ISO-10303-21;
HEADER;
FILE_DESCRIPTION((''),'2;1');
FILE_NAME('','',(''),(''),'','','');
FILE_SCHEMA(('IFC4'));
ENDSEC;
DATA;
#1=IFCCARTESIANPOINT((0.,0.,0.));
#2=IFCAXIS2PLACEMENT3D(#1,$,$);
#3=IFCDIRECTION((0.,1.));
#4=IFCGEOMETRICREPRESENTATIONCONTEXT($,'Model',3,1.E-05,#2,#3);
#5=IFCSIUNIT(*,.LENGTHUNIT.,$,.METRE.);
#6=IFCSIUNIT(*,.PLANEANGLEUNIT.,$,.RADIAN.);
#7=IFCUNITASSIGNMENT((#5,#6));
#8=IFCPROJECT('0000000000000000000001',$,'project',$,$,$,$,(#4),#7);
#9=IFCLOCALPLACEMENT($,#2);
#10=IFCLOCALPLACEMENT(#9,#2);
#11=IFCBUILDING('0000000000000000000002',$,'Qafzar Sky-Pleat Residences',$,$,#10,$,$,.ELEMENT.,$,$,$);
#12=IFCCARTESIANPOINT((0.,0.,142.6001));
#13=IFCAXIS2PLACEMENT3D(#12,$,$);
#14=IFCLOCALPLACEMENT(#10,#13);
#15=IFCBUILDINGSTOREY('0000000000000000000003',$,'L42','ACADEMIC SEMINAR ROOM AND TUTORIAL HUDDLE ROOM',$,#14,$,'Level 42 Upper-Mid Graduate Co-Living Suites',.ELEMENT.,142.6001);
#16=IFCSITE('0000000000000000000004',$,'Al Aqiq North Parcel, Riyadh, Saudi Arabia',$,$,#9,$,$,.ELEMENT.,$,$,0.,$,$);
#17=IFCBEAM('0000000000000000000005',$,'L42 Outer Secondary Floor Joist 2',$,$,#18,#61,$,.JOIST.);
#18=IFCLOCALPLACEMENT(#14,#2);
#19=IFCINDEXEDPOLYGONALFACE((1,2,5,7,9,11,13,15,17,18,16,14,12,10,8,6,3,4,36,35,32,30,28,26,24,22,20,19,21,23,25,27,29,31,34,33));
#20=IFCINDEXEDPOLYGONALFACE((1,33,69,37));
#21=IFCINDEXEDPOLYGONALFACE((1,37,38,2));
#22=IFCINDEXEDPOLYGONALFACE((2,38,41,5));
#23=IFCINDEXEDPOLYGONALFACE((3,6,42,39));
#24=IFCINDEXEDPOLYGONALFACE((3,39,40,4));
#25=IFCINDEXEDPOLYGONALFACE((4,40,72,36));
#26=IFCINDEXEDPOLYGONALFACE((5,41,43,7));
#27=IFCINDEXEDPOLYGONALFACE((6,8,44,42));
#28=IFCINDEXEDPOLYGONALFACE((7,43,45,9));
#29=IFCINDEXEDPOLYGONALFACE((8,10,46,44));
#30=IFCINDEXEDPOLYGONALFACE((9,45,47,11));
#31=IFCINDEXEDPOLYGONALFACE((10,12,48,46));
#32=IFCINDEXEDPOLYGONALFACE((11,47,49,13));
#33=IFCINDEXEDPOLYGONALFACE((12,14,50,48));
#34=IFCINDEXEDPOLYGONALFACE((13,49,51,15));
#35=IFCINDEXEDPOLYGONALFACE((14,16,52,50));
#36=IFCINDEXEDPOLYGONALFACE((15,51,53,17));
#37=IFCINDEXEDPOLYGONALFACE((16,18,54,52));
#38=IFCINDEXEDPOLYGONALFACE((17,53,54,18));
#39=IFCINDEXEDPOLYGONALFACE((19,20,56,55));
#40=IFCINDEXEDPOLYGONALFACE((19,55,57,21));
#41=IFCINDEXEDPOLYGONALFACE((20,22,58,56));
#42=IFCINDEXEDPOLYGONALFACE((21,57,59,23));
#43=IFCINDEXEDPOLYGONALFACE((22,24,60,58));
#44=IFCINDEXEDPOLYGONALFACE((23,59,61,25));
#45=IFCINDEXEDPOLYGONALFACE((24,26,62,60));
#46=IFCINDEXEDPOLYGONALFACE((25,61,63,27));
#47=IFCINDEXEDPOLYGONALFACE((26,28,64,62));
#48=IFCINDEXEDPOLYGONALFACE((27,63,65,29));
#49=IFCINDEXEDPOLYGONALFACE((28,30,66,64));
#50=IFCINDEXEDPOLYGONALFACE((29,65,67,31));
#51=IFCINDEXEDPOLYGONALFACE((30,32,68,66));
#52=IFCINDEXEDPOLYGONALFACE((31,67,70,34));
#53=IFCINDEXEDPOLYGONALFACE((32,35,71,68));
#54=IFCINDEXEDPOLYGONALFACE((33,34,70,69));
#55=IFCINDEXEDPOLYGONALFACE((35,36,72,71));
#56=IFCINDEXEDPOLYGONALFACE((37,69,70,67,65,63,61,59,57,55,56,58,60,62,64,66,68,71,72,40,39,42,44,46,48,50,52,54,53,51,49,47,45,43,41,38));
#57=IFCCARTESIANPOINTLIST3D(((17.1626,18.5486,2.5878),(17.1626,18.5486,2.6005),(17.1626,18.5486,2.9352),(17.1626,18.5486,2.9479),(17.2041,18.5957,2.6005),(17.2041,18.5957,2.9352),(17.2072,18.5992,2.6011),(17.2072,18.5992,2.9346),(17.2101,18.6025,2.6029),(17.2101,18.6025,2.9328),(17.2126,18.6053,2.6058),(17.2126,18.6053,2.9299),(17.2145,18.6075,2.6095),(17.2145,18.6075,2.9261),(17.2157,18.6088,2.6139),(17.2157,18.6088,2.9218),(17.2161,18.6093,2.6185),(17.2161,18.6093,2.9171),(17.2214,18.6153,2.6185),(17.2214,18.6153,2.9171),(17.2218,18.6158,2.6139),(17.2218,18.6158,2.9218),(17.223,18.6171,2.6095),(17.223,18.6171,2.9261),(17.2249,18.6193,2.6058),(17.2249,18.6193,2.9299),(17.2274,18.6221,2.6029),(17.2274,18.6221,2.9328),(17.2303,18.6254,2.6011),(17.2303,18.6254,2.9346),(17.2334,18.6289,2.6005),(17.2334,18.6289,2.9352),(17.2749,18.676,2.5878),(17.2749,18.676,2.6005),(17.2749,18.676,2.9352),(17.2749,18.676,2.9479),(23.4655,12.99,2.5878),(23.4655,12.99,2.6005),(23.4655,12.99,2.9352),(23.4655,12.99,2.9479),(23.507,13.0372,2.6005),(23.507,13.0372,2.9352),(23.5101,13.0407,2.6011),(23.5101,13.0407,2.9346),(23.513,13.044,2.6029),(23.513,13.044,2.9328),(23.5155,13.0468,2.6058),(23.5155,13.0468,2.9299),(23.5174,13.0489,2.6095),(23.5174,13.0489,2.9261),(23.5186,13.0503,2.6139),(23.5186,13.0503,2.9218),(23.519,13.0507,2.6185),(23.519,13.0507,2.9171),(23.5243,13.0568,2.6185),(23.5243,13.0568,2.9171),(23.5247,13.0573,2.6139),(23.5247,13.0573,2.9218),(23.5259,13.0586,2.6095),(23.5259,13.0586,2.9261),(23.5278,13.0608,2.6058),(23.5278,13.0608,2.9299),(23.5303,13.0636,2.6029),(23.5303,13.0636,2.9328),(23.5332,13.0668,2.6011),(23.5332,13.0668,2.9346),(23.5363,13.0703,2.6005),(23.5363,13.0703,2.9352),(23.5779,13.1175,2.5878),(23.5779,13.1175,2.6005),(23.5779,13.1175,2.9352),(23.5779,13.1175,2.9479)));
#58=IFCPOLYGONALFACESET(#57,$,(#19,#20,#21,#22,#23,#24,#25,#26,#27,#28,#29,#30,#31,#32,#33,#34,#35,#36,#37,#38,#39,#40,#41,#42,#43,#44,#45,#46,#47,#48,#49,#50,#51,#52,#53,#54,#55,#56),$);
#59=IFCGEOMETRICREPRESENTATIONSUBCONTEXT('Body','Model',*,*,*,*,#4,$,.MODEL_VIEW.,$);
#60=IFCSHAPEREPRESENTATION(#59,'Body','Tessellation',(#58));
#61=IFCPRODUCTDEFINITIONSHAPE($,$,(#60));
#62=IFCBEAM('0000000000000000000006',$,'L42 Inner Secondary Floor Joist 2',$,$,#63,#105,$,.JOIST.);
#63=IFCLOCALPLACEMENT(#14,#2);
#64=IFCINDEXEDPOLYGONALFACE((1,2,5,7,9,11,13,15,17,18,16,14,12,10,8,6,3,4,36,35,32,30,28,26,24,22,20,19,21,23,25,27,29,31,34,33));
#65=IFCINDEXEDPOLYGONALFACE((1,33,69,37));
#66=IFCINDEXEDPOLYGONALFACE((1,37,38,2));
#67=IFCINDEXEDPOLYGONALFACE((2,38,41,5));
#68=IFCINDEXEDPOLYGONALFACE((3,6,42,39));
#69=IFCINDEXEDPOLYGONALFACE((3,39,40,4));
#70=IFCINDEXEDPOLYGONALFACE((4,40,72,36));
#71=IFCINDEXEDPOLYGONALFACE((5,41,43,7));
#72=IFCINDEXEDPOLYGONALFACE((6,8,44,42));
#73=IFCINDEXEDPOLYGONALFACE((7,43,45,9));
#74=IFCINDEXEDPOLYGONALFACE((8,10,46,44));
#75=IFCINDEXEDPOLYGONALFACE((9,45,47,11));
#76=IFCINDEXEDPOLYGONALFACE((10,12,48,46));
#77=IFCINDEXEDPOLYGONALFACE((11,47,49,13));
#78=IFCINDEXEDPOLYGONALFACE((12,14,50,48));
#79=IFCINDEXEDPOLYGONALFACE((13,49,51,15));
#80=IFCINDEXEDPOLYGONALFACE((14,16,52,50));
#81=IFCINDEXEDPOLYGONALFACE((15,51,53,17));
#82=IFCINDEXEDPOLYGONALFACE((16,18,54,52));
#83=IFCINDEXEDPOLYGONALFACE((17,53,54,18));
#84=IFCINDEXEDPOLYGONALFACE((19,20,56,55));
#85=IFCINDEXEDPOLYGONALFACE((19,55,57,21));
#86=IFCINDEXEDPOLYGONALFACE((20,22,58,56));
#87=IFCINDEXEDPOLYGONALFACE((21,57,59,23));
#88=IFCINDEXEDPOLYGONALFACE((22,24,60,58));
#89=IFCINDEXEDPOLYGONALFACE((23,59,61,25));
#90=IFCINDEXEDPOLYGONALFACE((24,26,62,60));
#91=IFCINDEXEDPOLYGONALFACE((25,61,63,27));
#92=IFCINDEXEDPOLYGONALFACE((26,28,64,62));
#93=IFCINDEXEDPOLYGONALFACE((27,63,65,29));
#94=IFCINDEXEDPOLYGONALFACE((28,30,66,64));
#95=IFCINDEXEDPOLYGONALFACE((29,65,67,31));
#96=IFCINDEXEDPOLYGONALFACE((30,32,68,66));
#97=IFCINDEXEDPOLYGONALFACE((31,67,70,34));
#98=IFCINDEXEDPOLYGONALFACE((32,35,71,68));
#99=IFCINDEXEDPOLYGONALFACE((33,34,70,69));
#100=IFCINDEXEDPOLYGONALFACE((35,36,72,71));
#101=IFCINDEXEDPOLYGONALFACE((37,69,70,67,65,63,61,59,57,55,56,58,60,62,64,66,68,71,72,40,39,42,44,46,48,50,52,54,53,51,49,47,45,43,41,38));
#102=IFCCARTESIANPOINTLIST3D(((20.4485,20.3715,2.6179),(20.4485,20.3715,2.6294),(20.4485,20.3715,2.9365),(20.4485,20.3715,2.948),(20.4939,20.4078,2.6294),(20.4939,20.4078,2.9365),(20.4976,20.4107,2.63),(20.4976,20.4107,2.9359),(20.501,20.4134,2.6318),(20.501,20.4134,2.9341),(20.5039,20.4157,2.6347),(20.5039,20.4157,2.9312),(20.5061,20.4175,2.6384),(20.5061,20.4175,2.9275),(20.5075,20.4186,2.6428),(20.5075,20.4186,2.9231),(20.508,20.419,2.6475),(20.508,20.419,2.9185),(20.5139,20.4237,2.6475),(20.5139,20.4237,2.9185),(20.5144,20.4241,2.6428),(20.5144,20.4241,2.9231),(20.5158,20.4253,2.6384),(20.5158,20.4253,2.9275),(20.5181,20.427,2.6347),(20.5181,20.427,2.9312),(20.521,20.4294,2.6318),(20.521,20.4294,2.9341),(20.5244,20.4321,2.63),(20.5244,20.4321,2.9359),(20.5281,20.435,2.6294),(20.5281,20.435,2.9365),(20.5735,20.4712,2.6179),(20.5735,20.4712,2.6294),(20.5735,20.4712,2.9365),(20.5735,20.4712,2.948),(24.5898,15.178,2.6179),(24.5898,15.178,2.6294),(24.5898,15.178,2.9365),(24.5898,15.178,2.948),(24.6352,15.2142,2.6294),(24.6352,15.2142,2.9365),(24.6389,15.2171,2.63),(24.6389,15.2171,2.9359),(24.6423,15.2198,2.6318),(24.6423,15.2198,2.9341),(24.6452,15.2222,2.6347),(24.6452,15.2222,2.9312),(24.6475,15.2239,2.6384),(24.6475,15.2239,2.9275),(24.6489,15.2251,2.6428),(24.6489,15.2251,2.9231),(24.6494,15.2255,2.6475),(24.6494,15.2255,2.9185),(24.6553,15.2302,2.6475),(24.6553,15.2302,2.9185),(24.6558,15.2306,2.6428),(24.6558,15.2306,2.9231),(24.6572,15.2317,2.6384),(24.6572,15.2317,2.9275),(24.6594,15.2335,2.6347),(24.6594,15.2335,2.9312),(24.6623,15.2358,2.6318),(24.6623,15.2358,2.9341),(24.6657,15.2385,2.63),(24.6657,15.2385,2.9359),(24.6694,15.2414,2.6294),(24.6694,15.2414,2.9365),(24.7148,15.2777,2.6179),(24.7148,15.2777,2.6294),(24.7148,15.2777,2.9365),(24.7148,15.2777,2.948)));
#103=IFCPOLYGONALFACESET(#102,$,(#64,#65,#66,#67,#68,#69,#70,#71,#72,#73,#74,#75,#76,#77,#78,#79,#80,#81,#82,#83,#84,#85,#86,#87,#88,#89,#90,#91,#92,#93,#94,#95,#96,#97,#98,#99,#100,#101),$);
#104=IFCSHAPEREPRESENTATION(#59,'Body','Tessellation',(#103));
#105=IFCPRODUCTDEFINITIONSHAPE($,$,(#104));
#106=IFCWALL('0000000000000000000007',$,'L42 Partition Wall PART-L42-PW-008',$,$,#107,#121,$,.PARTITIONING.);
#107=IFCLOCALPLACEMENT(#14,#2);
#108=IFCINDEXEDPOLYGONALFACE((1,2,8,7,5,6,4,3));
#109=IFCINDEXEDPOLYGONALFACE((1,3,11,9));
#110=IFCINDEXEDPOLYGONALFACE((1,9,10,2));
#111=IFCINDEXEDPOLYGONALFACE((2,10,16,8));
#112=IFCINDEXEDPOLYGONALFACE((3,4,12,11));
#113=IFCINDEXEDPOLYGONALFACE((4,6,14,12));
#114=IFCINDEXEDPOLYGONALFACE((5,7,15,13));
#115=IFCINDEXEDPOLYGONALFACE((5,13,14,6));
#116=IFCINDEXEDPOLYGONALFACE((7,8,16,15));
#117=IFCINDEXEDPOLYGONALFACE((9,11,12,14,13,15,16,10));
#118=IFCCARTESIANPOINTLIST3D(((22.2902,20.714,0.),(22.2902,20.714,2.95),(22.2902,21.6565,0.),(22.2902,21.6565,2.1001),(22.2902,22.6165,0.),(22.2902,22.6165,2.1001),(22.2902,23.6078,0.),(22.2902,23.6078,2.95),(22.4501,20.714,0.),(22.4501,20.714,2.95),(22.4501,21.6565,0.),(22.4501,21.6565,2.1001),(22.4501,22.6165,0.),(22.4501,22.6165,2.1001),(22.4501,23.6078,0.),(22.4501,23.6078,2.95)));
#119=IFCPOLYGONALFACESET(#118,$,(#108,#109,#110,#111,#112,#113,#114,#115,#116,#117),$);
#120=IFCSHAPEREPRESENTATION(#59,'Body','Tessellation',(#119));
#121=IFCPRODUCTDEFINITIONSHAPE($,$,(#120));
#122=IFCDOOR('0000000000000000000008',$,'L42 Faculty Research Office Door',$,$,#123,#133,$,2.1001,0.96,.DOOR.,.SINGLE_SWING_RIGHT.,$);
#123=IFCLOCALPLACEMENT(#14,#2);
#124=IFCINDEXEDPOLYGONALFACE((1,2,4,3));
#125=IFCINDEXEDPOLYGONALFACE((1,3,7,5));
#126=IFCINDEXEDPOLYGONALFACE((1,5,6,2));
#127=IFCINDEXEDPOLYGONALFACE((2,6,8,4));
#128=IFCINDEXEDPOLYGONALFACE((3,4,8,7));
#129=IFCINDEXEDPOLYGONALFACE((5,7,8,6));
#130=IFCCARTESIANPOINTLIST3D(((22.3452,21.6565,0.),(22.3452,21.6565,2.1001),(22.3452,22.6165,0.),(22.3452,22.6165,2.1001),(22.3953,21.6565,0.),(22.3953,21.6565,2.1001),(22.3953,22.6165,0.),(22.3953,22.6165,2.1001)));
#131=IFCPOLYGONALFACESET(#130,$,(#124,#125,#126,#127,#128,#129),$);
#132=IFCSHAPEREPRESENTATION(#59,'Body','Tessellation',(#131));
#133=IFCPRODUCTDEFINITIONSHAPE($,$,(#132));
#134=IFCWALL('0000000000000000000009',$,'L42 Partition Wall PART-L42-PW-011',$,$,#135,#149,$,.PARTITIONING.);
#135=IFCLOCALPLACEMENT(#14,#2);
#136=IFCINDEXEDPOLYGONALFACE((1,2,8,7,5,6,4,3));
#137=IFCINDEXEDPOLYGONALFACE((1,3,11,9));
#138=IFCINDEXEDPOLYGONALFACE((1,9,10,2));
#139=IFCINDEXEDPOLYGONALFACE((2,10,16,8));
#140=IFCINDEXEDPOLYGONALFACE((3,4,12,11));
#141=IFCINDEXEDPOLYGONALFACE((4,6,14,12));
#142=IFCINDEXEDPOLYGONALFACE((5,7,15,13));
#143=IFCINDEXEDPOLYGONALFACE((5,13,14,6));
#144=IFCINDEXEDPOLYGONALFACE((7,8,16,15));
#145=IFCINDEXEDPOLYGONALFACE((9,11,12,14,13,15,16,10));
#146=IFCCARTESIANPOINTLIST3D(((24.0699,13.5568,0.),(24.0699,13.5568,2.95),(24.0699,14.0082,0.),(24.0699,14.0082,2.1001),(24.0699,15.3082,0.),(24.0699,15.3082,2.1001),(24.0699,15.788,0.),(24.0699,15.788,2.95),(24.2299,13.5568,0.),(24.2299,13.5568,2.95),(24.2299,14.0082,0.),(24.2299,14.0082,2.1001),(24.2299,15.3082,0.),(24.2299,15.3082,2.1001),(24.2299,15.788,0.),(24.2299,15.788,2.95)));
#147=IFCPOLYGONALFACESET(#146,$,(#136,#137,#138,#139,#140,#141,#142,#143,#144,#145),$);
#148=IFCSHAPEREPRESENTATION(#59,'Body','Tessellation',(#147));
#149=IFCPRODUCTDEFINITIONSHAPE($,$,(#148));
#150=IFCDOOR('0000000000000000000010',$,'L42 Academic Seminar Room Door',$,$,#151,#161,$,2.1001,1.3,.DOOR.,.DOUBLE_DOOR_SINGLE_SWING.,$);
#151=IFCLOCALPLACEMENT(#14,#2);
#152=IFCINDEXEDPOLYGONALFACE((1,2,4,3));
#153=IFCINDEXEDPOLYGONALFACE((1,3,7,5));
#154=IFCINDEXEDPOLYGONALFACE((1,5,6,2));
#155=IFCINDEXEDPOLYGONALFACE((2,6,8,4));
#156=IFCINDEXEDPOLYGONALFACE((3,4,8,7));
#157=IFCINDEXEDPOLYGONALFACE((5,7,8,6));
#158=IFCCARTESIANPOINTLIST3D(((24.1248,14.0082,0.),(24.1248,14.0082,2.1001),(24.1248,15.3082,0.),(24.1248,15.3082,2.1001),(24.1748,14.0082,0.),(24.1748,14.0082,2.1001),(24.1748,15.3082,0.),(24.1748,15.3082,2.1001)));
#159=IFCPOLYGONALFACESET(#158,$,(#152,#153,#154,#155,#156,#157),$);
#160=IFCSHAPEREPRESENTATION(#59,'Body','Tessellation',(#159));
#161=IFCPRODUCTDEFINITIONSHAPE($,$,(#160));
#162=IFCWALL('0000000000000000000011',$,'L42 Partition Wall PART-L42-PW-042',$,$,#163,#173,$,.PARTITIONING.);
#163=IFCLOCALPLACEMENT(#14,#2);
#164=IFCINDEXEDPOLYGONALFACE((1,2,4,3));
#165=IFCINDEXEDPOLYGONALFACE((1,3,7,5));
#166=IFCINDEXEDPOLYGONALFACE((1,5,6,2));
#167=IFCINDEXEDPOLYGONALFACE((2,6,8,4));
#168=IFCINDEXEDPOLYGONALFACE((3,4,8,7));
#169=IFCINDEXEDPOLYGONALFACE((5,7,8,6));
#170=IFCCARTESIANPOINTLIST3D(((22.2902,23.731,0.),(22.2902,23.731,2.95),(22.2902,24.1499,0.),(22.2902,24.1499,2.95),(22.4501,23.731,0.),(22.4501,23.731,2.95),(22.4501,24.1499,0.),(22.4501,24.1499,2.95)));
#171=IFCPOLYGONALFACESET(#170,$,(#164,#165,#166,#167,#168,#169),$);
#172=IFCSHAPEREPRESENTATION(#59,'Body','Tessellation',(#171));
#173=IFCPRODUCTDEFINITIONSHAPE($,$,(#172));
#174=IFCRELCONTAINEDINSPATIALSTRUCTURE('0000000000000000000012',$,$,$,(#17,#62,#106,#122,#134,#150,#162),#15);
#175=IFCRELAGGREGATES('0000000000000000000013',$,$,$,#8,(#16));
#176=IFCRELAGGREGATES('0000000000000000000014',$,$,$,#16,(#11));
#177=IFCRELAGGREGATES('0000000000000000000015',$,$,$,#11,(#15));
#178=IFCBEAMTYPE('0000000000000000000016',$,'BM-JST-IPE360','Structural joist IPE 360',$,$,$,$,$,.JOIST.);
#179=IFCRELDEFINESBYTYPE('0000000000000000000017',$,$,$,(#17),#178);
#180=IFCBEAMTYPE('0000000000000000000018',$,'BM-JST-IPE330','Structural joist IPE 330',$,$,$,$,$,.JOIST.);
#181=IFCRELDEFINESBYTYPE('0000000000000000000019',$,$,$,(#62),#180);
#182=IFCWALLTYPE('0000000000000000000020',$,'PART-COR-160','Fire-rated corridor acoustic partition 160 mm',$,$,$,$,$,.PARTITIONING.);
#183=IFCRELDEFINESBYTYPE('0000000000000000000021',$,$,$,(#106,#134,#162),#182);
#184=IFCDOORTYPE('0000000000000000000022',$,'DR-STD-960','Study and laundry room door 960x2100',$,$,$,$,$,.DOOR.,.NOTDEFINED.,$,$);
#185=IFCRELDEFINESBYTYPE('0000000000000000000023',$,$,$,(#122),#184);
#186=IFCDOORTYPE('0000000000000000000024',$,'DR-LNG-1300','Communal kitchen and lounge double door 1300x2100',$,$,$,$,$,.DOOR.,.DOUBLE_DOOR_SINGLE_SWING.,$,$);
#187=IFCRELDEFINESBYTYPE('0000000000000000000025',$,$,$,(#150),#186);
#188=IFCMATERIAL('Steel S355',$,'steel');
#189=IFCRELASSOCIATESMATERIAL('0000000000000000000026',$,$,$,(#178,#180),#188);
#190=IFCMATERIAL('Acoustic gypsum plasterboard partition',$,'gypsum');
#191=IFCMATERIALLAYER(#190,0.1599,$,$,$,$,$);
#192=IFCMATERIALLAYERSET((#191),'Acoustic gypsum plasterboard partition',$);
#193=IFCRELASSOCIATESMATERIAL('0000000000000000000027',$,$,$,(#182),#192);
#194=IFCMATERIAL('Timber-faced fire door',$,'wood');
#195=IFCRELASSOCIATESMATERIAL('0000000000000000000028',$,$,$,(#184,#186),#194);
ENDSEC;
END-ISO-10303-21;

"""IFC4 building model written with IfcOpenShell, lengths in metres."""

from ifc_helpers import new_model, si_unit, direction, frame, frame_2d, origin, origin_2d, place, context, subcontext, project, spatial, rectangle, i_section, extrude, source, transform, mapped, material, layer, layer_set, material_profile, profile_set, type_object, element, fill, save


model = new_model("IFC4")

# Units and contexts
model_context = context("Model", 3, precision=1e-05, world=origin(), true_north=direction((0.0, 1.0)))
body_context = subcontext(model_context, "Body", "Model", "MODEL_VIEW")
ifc_project = project(units=[si_unit("LENGTHUNIT", "METRE"), si_unit("PLANEANGLEUNIT", "RADIAN")], contexts=[model_context])

# Site, building, storey
site_placement = place(None, origin())
site = spatial("IfcSite", under=ifc_project, at=site_placement, Name="Al Aqiq North Parcel, Riyadh, Saudi Arabia", CompositionType="ELEMENT", RefElevation=0.0)
building_placement = place(site_placement, origin())
building = spatial("IfcBuilding", under=site, at=building_placement, Name="Qafzar Sky-Pleat Residences", CompositionType="ELEMENT")
storey_placement = place(building_placement, frame((0.0, 0.0, 142.6001)))
storey = spatial("IfcBuildingStorey", under=building, at=storey_placement, Name="L42", Description="ACADEMIC SEMINAR ROOM AND TUTORIAL HUDDLE ROOM", LongName="Level 42 Upper-Mid Graduate Co-Living Suites", CompositionType="ELEMENT", Elevation=142.6001)

# Beams
ifc_material_1 = material(Name="Steel S355", Category="steel")
ifc_material_profile_1 = material_profile(ifc_material_1, i_section(OverallWidth=0.1699, OverallDepth=0.3601, WebThickness=0.0081, FlangeThickness=0.0127, FilletRadius=0.0181, at=origin_2d()), Name="IPE 360")
ifc_profile_set_1 = profile_set([ifc_material_profile_1], Name="Steel S355")
beam_type_1 = type_object("IfcBeamType", Name="BM-JST-IPE360", Description="Structural joist IPE 360", PredefinedType="JOIST", material=ifc_profile_set_1)
shared_shape_1 = source(origin(), body_context, "Body", "SweptSolid", [
    extrude(i_section(OverallWidth=0.1699, OverallDepth=0.3601, WebThickness=0.0081, FlangeThickness=0.0127, FilletRadius=0.0181, at=origin_2d()), origin(), (0.0, 0.0, 1.0), 8.4038),
])
beam_1_placement = place(storey_placement, frame((17.2188, 18.6123, 2.7678), z_axis=(0.750007, -0.66143, 0.0), x_axis=(0.66143, 0.750007, 0.0)))
element("IfcBeam", 1, at=beam_1_placement, inside=storey, type_object=beam_type_1, Name="L42 Outer Secondary Floor Joist 2", PredefinedType="JOIST", context=body_context, shape_type="MappedRepresentation", body=[
    mapped(shared_shape_1, transform((0.0, 0.0, 0.0), x_axis=(1.0, 0.0, 0.0), y_axis=(0.0, 1.0, 0.0), z_axis=(0.0, 0.0, 1.0), scale=1.0)),
])
ifc_material_profile_2 = material_profile(ifc_material_1, i_section(OverallWidth=0.1599, OverallDepth=0.3301, WebThickness=0.0076, FlangeThickness=0.0115, FilletRadius=0.0181, at=origin_2d()), Name="IPE 330")
ifc_profile_set_2 = profile_set([ifc_material_profile_2], Name="Steel S355")
beam_type_2 = type_object("IfcBeamType", Name="BM-JST-IPE330", Description="Structural joist IPE 330", PredefinedType="JOIST", material=ifc_profile_set_2)
shared_shape_2 = source(origin(), body_context, "Body", "SweptSolid", [
    extrude(i_section(OverallWidth=0.1599, OverallDepth=0.3301, WebThickness=0.0076, FlangeThickness=0.0115, FilletRadius=0.0181, at=origin_2d()), origin(), (0.0, 0.0, 1.0), 6.6426),
])
beam_2_placement = place(storey_placement, frame((20.511, 20.4214, 2.783), z_axis=(0.623453, -0.781861, 0.0), x_axis=(0.781861, 0.623453, 0.0)))
element("IfcBeam", 2, at=beam_2_placement, inside=storey, type_object=beam_type_2, Name="L42 Inner Secondary Floor Joist 2", PredefinedType="JOIST", context=body_context, shape_type="MappedRepresentation", body=[
    mapped(shared_shape_2, transform((0.0, 0.0, 0.0), x_axis=(1.0, 0.0, 0.0), y_axis=(0.0, 1.0, 0.0), z_axis=(0.0, 0.0, 1.0), scale=1.0)),
])

# Walls, openings, doors
ifc_material_2 = material(Name="Acoustic gypsum plasterboard partition", Category="gypsum")
ifc_layer_1 = layer(ifc_material_2, 0.1599)
ifc_layer_set_1 = layer_set([ifc_layer_1], Name="Acoustic gypsum plasterboard partition")
wall_type_1 = type_object("IfcWallType", Name="PART-COR-160", Description="Fire-rated corridor acoustic partition 160 mm", PredefinedType="PARTITIONING", material=ifc_layer_set_1)
wall_1_placement = place(storey_placement, frame((22.3701, 20.7141, 0.0), z_axis=(0.0, 0.0, 1.0), x_axis=(0.0, 1.0, 0.0)))
wall_1 = element("IfcWall", 3, at=wall_1_placement, inside=storey, type_object=wall_type_1, Name="L42 Partition Wall PART-L42-PW-008", PredefinedType="PARTITIONING", context=body_context, shape_type="SweptSolid", body=[
    extrude(rectangle(XDim=2.8938, YDim=0.1599, at=frame_2d((1.4468, 0.0))), origin(), (0.0, 0.0, 1.0), 2.95),
])
opening_1_placement = place(wall_1_placement, frame((0.9424, 0.0, 0.0)))
opening_1 = element("IfcOpeningElement", 4, at=opening_1_placement, cuts=wall_1, PredefinedType="OPENING", context=body_context, shape_type="SweptSolid", body=[
    extrude(rectangle(XDim=0.96, YDim=2.1001, at=frame_2d((0.48, 1.05))), frame((0.0, 0.0898, 0.0), z_axis=(0.0, -1.0, 0.0), x_axis=(1.0, 0.0, 0.0)), (0.0, 0.0, 1.0), 0.1799),
])
ifc_material_3 = material(Name="Timber-faced fire door", Category="wood")
door_type_1 = type_object("IfcDoorType", Name="DR-STD-960", Description="Study and laundry room door 960x2100", OperationType="NOTDEFINED", PredefinedType="DOOR", material=ifc_material_3)
shared_shape_3 = source(origin(), body_context, "Body", "SweptSolid", [
    extrude(rectangle(XDim=0.96, YDim=2.1001, at=frame_2d((0.48, 1.05))), frame((0.0, 0.0249, 0.0), z_axis=(0.0, -1.0, 0.0), x_axis=(1.0, 0.0, 0.0)), (0.0, 0.0, 1.0), 0.05),
])
door_1_placement = place(opening_1_placement, origin())
door_1 = element("IfcDoor", 5, at=door_1_placement, inside=storey, type_object=door_type_1, Name="L42 Faculty Research Office Door", OperationType="SINGLE_SWING_RIGHT", OverallHeight=2.1001, OverallWidth=0.96, PredefinedType="DOOR", context=body_context, shape_type="MappedRepresentation", body=[
    mapped(shared_shape_3, transform((0.0, 0.0, 0.0), x_axis=(1.0, 0.0, 0.0), y_axis=(0.0, 1.0, 0.0), z_axis=(0.0, 0.0, 1.0), scale=1.0)),
])
fill(opening_1, door_1)
wall_2_placement = place(storey_placement, frame((24.1499, 15.7881, 0.0), z_axis=(0.0, 0.0, 1.0), x_axis=(0.0, -1.0, 0.0)))
wall_2 = element("IfcWall", 6, at=wall_2_placement, inside=storey, type_object=wall_type_1, Name="L42 Partition Wall PART-L42-PW-011", PredefinedType="PARTITIONING", context=body_context, shape_type="SweptSolid", body=[
    extrude(rectangle(XDim=2.2312, YDim=0.1599, at=frame_2d((1.1157, 0.0))), origin(), (0.0, 0.0, 1.0), 2.95),
])
opening_2_placement = place(wall_2_placement, frame((0.48, 0.0, 0.0)))
opening_2 = element("IfcOpeningElement", 7, at=opening_2_placement, cuts=wall_2, PredefinedType="OPENING", context=body_context, shape_type="SweptSolid", body=[
    extrude(rectangle(XDim=1.3, YDim=2.1001, at=frame_2d((0.6499, 1.05))), frame((0.0, 0.0898, 0.0), z_axis=(0.0, -1.0, 0.0), x_axis=(1.0, 0.0, 0.0)), (0.0, 0.0, 1.0), 0.1799),
])
door_type_2 = type_object("IfcDoorType", Name="DR-LNG-1300", Description="Communal kitchen and lounge double door 1300x2100", OperationType="DOUBLE_DOOR_SINGLE_SWING", PredefinedType="DOOR", material=ifc_material_3)
shared_shape_4 = source(origin(), body_context, "Body", "SweptSolid", [
    extrude(rectangle(XDim=1.3, YDim=2.1001, at=frame_2d((0.6499, 1.05))), frame((0.0, 0.0249, 0.0), z_axis=(0.0, -1.0, 0.0), x_axis=(1.0, 0.0, 0.0)), (0.0, 0.0, 1.0), 0.05),
])
door_2_placement = place(opening_2_placement, origin())
door_2 = element("IfcDoor", 8, at=door_2_placement, inside=storey, type_object=door_type_2, Name="L42 Academic Seminar Room Door", OperationType="DOUBLE_DOOR_SINGLE_SWING", OverallHeight=2.1001, OverallWidth=1.3, PredefinedType="DOOR", context=body_context, shape_type="MappedRepresentation", body=[
    mapped(shared_shape_4, transform((0.0, 0.0, 0.0), x_axis=(1.0, 0.0, 0.0), y_axis=(0.0, 1.0, 0.0), z_axis=(0.0, 0.0, 1.0), scale=1.0)),
])
fill(opening_2, door_2)

# Wall
wall_3_placement = place(storey_placement, frame((22.3701, 23.731, 0.0), z_axis=(0.0, 0.0, 1.0), x_axis=(0.0, 1.0, 0.0)))
element("IfcWall", 9, at=wall_3_placement, inside=storey, type_object=wall_type_1, Name="L42 Partition Wall PART-L42-PW-042", PredefinedType="PARTITIONING", context=body_context, shape_type="SweptSolid", body=[
    extrude(rectangle(XDim=0.4189, YDim=0.1599, at=frame_2d((0.2095, 0.0))), origin(), (0.0, 0.0, 1.0), 2.95),
])

save(model, "model.ifc")
